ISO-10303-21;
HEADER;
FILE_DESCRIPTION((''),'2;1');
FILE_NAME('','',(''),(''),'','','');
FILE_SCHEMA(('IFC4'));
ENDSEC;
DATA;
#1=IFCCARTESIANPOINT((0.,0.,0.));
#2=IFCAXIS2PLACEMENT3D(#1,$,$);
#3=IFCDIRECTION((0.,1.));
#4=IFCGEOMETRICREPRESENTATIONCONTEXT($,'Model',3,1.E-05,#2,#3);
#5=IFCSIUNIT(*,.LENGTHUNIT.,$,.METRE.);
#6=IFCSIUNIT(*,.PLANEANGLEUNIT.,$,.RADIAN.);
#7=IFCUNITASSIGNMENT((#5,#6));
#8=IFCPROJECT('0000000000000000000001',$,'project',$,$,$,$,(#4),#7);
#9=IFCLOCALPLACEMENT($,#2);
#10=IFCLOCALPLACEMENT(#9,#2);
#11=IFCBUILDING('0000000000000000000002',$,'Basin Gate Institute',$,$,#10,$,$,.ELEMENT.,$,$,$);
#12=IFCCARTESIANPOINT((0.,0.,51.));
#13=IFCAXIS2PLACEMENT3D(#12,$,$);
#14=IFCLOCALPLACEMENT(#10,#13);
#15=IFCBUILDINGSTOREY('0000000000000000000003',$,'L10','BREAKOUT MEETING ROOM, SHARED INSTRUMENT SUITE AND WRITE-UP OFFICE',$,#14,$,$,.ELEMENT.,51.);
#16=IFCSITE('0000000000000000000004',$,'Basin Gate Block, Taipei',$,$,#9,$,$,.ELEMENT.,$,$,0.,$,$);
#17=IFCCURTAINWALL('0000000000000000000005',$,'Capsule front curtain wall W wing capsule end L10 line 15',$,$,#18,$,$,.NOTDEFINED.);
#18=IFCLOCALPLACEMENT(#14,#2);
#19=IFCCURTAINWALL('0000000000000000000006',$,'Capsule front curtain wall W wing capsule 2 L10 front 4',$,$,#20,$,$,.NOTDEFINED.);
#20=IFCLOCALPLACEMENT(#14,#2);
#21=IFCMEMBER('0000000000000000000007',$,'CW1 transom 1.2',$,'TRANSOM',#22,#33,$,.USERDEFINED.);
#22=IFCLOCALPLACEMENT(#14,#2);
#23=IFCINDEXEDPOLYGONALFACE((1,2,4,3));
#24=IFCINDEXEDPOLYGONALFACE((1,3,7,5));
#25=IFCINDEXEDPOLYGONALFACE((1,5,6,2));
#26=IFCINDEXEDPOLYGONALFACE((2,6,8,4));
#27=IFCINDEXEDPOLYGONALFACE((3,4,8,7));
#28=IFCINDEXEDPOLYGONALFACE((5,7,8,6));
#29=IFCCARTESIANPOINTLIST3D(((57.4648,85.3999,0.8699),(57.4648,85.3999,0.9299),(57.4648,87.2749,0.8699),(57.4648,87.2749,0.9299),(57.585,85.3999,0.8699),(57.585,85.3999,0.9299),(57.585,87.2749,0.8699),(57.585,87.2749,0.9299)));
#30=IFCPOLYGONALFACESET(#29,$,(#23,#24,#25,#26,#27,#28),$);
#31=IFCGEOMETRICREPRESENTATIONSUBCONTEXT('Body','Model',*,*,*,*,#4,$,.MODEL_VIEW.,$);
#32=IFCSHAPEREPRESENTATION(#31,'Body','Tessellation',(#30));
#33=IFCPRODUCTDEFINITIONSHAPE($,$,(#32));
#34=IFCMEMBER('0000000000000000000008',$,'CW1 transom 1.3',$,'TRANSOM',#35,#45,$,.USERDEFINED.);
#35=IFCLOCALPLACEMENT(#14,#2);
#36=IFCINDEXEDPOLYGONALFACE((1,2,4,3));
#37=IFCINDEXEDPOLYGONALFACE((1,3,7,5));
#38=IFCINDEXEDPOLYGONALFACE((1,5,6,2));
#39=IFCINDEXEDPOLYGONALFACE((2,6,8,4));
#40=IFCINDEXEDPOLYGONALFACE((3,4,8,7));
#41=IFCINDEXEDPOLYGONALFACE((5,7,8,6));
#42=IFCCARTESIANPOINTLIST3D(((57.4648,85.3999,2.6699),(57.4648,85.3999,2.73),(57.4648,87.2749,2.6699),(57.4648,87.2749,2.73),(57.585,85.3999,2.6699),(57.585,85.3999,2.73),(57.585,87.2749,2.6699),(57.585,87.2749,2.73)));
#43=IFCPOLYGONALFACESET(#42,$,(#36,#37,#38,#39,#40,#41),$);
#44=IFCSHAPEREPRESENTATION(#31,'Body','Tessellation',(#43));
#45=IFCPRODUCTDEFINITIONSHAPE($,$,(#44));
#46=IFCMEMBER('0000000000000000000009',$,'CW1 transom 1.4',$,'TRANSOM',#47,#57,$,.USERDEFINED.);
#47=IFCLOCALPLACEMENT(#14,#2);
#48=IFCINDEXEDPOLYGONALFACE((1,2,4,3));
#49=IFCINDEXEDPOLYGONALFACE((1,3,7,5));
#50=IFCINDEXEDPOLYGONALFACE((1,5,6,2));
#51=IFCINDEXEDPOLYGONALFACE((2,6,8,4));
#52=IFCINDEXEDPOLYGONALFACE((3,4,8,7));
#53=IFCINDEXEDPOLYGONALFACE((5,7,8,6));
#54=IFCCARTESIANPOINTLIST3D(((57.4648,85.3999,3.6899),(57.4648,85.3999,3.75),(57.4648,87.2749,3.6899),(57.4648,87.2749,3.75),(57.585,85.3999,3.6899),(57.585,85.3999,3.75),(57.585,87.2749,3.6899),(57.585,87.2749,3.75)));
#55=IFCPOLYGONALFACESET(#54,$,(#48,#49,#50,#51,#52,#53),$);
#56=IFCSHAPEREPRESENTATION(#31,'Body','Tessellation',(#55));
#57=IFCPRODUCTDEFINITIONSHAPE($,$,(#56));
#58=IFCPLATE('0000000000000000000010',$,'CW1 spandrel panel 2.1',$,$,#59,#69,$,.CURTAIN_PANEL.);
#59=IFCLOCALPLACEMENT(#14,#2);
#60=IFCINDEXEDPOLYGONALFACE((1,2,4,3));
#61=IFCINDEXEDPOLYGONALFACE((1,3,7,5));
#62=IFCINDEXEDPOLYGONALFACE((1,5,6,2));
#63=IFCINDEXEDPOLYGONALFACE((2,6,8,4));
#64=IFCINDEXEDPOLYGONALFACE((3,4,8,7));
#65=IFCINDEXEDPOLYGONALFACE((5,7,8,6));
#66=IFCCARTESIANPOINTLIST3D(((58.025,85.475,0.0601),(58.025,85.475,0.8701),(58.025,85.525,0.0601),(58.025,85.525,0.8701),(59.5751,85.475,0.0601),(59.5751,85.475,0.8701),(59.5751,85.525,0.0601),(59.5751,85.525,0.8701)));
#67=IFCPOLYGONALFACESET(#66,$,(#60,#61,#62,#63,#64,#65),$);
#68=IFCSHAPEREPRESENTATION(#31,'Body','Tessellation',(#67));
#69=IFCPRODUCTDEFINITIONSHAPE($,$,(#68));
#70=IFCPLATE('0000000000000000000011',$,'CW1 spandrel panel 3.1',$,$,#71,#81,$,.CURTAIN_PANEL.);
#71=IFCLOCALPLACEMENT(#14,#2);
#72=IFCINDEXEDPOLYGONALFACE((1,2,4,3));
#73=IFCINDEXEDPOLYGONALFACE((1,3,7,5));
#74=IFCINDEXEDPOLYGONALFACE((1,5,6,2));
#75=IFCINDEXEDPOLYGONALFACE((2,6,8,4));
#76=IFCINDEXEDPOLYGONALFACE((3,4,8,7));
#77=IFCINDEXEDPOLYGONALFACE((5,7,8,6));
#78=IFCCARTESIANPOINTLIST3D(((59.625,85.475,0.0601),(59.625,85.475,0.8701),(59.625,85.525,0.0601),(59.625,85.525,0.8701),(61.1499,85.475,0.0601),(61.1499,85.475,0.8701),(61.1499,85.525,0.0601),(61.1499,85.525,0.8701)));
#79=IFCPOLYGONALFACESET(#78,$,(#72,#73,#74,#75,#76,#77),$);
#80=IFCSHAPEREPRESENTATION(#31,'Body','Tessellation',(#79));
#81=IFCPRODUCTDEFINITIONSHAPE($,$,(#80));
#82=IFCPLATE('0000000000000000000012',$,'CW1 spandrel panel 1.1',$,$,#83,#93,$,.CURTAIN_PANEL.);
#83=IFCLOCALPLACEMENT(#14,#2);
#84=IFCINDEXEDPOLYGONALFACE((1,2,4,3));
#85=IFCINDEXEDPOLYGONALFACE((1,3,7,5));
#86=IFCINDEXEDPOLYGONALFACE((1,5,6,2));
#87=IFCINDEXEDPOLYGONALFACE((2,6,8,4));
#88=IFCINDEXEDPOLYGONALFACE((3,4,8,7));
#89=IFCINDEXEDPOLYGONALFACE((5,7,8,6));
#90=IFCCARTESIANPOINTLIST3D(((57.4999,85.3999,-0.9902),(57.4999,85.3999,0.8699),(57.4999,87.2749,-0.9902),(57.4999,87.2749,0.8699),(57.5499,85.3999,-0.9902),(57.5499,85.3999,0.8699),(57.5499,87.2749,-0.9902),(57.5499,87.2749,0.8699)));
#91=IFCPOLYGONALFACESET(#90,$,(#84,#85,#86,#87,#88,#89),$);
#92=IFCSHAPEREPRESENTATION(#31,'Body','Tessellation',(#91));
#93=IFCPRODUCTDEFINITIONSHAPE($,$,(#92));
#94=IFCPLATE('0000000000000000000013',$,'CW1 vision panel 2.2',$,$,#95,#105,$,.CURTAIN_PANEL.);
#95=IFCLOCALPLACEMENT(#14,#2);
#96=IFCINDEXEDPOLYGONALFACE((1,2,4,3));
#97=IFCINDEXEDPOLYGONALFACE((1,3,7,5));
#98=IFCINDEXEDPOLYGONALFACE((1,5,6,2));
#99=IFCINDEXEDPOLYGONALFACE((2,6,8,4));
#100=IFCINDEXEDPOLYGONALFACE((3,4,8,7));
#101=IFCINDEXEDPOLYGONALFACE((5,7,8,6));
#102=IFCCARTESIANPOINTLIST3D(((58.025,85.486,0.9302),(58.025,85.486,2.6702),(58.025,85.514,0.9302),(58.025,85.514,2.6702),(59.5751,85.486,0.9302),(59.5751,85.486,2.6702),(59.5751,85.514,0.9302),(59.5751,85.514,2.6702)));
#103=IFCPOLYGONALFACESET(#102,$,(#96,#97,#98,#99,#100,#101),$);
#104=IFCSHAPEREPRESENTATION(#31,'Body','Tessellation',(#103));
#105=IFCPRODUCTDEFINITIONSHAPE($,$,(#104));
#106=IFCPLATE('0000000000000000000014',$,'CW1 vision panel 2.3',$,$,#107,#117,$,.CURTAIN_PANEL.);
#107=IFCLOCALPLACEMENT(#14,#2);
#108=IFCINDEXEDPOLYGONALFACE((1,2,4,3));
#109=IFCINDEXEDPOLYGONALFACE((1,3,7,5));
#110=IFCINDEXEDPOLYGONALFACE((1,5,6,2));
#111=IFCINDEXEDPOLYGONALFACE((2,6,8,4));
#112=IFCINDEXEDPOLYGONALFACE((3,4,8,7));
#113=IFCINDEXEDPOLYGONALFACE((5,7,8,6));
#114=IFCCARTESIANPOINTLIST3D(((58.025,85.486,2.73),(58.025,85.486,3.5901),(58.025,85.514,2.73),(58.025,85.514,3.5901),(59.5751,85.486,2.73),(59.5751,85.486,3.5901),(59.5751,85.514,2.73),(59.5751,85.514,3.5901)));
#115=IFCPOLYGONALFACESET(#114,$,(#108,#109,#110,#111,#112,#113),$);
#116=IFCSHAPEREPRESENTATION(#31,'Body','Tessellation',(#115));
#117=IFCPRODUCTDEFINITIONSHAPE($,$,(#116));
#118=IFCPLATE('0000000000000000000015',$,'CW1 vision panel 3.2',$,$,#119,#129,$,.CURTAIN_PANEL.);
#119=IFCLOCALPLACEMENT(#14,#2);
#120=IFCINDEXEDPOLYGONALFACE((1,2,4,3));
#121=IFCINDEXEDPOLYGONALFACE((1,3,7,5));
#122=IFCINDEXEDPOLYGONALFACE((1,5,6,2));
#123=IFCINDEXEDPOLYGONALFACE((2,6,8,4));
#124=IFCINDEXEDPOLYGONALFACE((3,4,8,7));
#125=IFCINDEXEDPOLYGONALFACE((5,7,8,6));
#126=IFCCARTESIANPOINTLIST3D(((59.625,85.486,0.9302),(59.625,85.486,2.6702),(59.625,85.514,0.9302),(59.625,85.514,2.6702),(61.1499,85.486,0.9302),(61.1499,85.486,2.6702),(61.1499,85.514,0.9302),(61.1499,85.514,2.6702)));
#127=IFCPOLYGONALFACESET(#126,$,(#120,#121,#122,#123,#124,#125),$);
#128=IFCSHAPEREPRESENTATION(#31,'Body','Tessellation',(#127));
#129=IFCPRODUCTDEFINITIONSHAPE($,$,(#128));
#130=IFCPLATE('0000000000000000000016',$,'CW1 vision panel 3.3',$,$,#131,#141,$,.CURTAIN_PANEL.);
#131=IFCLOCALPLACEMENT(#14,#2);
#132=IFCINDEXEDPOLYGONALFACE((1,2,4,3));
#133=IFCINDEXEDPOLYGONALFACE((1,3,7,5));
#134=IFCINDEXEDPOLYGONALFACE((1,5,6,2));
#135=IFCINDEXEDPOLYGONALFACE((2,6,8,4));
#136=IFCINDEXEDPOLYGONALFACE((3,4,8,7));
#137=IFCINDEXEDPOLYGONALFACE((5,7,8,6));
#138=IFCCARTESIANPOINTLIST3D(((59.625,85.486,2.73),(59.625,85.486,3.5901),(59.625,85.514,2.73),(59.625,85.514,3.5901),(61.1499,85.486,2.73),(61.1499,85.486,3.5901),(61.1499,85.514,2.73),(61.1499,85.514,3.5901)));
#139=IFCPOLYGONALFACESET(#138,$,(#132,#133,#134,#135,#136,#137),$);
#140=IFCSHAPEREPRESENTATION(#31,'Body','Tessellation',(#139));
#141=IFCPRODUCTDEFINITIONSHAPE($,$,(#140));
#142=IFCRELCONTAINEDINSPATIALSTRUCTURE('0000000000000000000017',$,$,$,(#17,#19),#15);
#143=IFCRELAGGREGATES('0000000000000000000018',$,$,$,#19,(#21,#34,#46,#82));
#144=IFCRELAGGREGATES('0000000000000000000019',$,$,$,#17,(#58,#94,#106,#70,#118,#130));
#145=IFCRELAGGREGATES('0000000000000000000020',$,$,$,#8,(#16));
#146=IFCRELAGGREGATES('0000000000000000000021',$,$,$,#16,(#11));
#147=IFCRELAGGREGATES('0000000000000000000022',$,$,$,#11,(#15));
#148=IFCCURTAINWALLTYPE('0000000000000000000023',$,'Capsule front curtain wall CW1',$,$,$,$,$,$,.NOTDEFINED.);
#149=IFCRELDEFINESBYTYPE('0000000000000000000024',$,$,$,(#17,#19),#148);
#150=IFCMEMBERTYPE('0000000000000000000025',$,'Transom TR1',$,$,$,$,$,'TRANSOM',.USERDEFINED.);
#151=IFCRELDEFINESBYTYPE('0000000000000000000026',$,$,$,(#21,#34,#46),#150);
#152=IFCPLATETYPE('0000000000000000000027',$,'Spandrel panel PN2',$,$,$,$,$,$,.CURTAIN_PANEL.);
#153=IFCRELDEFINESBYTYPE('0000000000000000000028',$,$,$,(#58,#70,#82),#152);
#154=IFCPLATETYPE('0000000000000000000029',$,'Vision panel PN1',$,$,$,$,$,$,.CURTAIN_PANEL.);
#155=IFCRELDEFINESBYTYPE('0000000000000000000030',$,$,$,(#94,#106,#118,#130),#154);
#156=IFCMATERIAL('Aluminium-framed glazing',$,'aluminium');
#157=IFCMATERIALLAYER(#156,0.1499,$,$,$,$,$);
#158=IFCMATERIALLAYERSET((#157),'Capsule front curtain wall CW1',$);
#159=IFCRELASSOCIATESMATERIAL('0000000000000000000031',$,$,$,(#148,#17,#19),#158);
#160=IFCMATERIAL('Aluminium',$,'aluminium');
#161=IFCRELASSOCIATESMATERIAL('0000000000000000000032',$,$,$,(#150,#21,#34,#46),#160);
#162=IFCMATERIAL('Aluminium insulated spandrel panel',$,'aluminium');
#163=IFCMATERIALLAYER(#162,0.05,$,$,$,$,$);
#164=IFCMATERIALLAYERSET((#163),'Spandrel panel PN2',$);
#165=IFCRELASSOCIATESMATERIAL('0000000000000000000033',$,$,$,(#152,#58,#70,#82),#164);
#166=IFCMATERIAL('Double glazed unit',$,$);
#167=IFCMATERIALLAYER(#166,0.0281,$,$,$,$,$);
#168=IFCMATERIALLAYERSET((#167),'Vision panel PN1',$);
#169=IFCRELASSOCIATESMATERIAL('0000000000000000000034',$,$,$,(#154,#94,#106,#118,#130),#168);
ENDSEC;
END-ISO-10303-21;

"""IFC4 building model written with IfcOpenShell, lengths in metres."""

from ifc_helpers import new_model, si_unit, direction, frame, origin, origin_2d, place, context, subcontext, project, spatial, rectangle, extrude, material, layer, layer_set, material_profile, profile_set, type_object, element, aggregate, save


model = new_model("IFC4")

# Units and contexts
model_context = context("Model", 3, precision=1e-05, world=origin(), true_north=direction((0.0, 1.0)))
body_context = subcontext(model_context, "Body", "Model", "MODEL_VIEW")
ifc_project = project(units=[si_unit("LENGTHUNIT", "METRE"), si_unit("PLANEANGLEUNIT", "RADIAN")], contexts=[model_context])

# Site, building, storey
site_placement = place(None, origin())
site = spatial("IfcSite", under=ifc_project, at=site_placement, Name="Basin Gate Block, Taipei", CompositionType="ELEMENT", RefElevation=0.0)
building_placement = place(site_placement, origin())
building = spatial("IfcBuilding", under=site, at=building_placement, Name="Basin Gate Institute", CompositionType="ELEMENT")
storey_placement = place(building_placement, frame((0.0, 0.0, 51.0)))
storey = spatial("IfcBuildingStorey", under=building, at=storey_placement, Name="L10", Description="BREAKOUT MEETING ROOM, SHARED INSTRUMENT SUITE AND WRITE-UP OFFICE", CompositionType="ELEMENT", Elevation=51.0)

# Curtain wall
ifc_material_1 = material(Name="Aluminium-framed glazing", Category="aluminium")
ifc_layer_1 = layer(ifc_material_1, 0.1499)
ifc_layer_set_1 = layer_set([ifc_layer_1], Name="Capsule front curtain wall CW1")
curtain_wall_type = type_object("IfcCurtainWallType", Name="Capsule front curtain wall CW1", PredefinedType="NOTDEFINED", material=ifc_layer_set_1)
curtain_wall_1_placement = place(storey_placement, origin())
curtain_wall_1 = element("IfcCurtainWall", 1, at=curtain_wall_1_placement, inside=storey, type_object=curtain_wall_type, material=ifc_layer_set_1, Name="Capsule front curtain wall W wing capsule end L10 line 15", PredefinedType="NOTDEFINED")

# Shared definitions
ifc_material_2 = material(Name="Aluminium", Category="aluminium")
ifc_material_profile_1 = material_profile(ifc_material_2, rectangle(XDim=0.1201, YDim=0.0601, at=origin_2d()), Name="Transom TR1 120 x 60")
ifc_profile_set_1 = profile_set([ifc_material_profile_1], Name="Aluminium")
member_type_1 = type_object("IfcMemberType", Name="Transom TR1", ElementType="TRANSOM", PredefinedType="USERDEFINED", material=ifc_profile_set_1)

# Curtain wall, members
curtain_wall_2_placement = place(storey_placement, origin())
curtain_wall_2 = element("IfcCurtainWall", 2, at=curtain_wall_2_placement, inside=storey, type_object=curtain_wall_type, material=ifc_layer_set_1, Name="Capsule front curtain wall W wing capsule 2 L10 front 4", PredefinedType="NOTDEFINED")
member_1_placement = place(storey_placement, frame((57.5249, 85.3999, 0.8999), z_axis=(0.0, 1.0, 0.0), x_axis=(-1.0, 0.0, 0.0)))
member_1 = element("IfcMember", 3, at=member_1_placement, type_object=member_type_1, material=ifc_profile_set_1, Name="CW1 transom 1.2", ObjectType="TRANSOM", PredefinedType="USERDEFINED", context=body_context, shape_type="SweptSolid", body=[
    extrude(rectangle(XDim=0.1201, YDim=0.0601, at=origin_2d()), origin(), (0.0, 0.0, 1.0), 1.875),
])
member_2_placement = place(storey_placement, frame((57.5249, 85.3999, 2.7), z_axis=(0.0, 1.0, 0.0), x_axis=(-1.0, 0.0, 0.0)))
member_2 = element("IfcMember", 4, at=member_2_placement, type_object=member_type_1, material=ifc_profile_set_1, Name="CW1 transom 1.3", ObjectType="TRANSOM", PredefinedType="USERDEFINED", context=body_context, shape_type="SweptSolid", body=[
    extrude(rectangle(XDim=0.1201, YDim=0.0601, at=origin_2d()), origin(), (0.0, 0.0, 1.0), 1.875),
])
member_3_placement = place(storey_placement, frame((57.5249, 85.3999, 3.72), z_axis=(0.0, 1.0, 0.0), x_axis=(-1.0, 0.0, 0.0)))
member_3 = element("IfcMember", 5, at=member_3_placement, type_object=member_type_1, material=ifc_profile_set_1, Name="CW1 transom 1.4", ObjectType="TRANSOM", PredefinedType="USERDEFINED", context=body_context, shape_type="SweptSolid", body=[
    extrude(rectangle(XDim=0.1201, YDim=0.0601, at=origin_2d()), origin(), (0.0, 0.0, 1.0), 1.875),
])

# Plates
ifc_material_3 = material(Name="Aluminium insulated spandrel panel", Category="aluminium")
ifc_layer_2 = layer(ifc_material_3, 0.05)
ifc_layer_set_2 = layer_set([ifc_layer_2], Name="Spandrel panel PN2")
plate_type_1 = type_object("IfcPlateType", Name="Spandrel panel PN2", PredefinedType="CURTAIN_PANEL", material=ifc_layer_set_2)
plate_1_placement = place(storey_placement, frame((58.8, 85.5, 0.0601), z_axis=(0.0, 0.0, 1.0), x_axis=(1.0, 0.0, 0.0)))
plate_1 = element("IfcPlate", 6, at=plate_1_placement, type_object=plate_type_1, material=ifc_layer_set_2, Name="CW1 spandrel panel 2.1", PredefinedType="CURTAIN_PANEL", context=body_context, shape_type="SweptSolid", body=[
    extrude(rectangle(XDim=1.55, YDim=0.05, at=origin_2d()), origin(), (0.0, 0.0, 1.0), 0.8101),
])
plate_2_placement = place(storey_placement, frame((60.3875, 85.5, 0.0601), z_axis=(0.0, 0.0, 1.0), x_axis=(1.0, 0.0, 0.0)))
plate_2 = element("IfcPlate", 7, at=plate_2_placement, type_object=plate_type_1, material=ifc_layer_set_2, Name="CW1 spandrel panel 3.1", PredefinedType="CURTAIN_PANEL", context=body_context, shape_type="SweptSolid", body=[
    extrude(rectangle(XDim=1.5249, YDim=0.05, at=origin_2d()), origin(), (0.0, 0.0, 1.0), 0.8101),
])
plate_3_placement = place(storey_placement, frame((57.5249, 86.3374, -0.9902), z_axis=(0.0, 0.0, 1.0), x_axis=(0.0, 1.0, 0.0)))
plate_3 = element("IfcPlate", 8, at=plate_3_placement, type_object=plate_type_1, material=ifc_layer_set_2, Name="CW1 spandrel panel 1.1", PredefinedType="CURTAIN_PANEL", context=body_context, shape_type="SweptSolid", body=[
    extrude(rectangle(XDim=1.875, YDim=0.05, at=origin_2d()), origin(), (0.0, 0.0, 1.0), 1.8601),
])
aggregate(curtain_wall_2, [member_1, member_2, member_3, plate_3])
ifc_material_4 = material(Name="Double glazed unit")
ifc_layer_3 = layer(ifc_material_4, 0.0281)
ifc_layer_set_3 = layer_set([ifc_layer_3], Name="Vision panel PN1")
plate_type_2 = type_object("IfcPlateType", Name="Vision panel PN1", PredefinedType="CURTAIN_PANEL", material=ifc_layer_set_3)
plate_4_placement = place(storey_placement, frame((58.8, 85.5, 0.9302), z_axis=(0.0, 0.0, 1.0), x_axis=(1.0, 0.0, 0.0)))
plate_4 = element("IfcPlate", 9, at=plate_4_placement, type_object=plate_type_2, material=ifc_layer_set_3, Name="CW1 vision panel 2.2", PredefinedType="CURTAIN_PANEL", context=body_context, shape_type="SweptSolid", body=[
    extrude(rectangle(XDim=1.55, YDim=0.0281, at=origin_2d()), origin(), (0.0, 0.0, 1.0), 1.74),
])
plate_5_placement = place(storey_placement, frame((58.8, 85.5, 2.73), z_axis=(0.0, 0.0, 1.0), x_axis=(1.0, 0.0, 0.0)))
plate_5 = element("IfcPlate", 10, at=plate_5_placement, type_object=plate_type_2, material=ifc_layer_set_3, Name="CW1 vision panel 2.3", PredefinedType="CURTAIN_PANEL", context=body_context, shape_type="SweptSolid", body=[
    extrude(rectangle(XDim=1.55, YDim=0.0281, at=origin_2d()), origin(), (0.0, 0.0, 1.0), 0.8601),
])
plate_6_placement = place(storey_placement, frame((60.3875, 85.5, 0.9302), z_axis=(0.0, 0.0, 1.0), x_axis=(1.0, 0.0, 0.0)))
plate_6 = element("IfcPlate", 11, at=plate_6_placement, type_object=plate_type_2, material=ifc_layer_set_3, Name="CW1 vision panel 3.2", PredefinedType="CURTAIN_PANEL", context=body_context, shape_type="SweptSolid", body=[
    extrude(rectangle(XDim=1.5249, YDim=0.0281, at=origin_2d()), origin(), (0.0, 0.0, 1.0), 1.74),
])
plate_7_placement = place(storey_placement, frame((60.3875, 85.5, 2.73), z_axis=(0.0, 0.0, 1.0), x_axis=(1.0, 0.0, 0.0)))
plate_7 = element("IfcPlate", 12, at=plate_7_placement, type_object=plate_type_2, material=ifc_layer_set_3, Name="CW1 vision panel 3.3", PredefinedType="CURTAIN_PANEL", context=body_context, shape_type="SweptSolid", body=[
    extrude(rectangle(XDim=1.5249, YDim=0.0281, at=origin_2d()), origin(), (0.0, 0.0, 1.0), 0.8601),
])
aggregate(curtain_wall_1, [plate_1, plate_4, plate_5, plate_2, plate_6, plate_7])

save(model, "model.ifc")
